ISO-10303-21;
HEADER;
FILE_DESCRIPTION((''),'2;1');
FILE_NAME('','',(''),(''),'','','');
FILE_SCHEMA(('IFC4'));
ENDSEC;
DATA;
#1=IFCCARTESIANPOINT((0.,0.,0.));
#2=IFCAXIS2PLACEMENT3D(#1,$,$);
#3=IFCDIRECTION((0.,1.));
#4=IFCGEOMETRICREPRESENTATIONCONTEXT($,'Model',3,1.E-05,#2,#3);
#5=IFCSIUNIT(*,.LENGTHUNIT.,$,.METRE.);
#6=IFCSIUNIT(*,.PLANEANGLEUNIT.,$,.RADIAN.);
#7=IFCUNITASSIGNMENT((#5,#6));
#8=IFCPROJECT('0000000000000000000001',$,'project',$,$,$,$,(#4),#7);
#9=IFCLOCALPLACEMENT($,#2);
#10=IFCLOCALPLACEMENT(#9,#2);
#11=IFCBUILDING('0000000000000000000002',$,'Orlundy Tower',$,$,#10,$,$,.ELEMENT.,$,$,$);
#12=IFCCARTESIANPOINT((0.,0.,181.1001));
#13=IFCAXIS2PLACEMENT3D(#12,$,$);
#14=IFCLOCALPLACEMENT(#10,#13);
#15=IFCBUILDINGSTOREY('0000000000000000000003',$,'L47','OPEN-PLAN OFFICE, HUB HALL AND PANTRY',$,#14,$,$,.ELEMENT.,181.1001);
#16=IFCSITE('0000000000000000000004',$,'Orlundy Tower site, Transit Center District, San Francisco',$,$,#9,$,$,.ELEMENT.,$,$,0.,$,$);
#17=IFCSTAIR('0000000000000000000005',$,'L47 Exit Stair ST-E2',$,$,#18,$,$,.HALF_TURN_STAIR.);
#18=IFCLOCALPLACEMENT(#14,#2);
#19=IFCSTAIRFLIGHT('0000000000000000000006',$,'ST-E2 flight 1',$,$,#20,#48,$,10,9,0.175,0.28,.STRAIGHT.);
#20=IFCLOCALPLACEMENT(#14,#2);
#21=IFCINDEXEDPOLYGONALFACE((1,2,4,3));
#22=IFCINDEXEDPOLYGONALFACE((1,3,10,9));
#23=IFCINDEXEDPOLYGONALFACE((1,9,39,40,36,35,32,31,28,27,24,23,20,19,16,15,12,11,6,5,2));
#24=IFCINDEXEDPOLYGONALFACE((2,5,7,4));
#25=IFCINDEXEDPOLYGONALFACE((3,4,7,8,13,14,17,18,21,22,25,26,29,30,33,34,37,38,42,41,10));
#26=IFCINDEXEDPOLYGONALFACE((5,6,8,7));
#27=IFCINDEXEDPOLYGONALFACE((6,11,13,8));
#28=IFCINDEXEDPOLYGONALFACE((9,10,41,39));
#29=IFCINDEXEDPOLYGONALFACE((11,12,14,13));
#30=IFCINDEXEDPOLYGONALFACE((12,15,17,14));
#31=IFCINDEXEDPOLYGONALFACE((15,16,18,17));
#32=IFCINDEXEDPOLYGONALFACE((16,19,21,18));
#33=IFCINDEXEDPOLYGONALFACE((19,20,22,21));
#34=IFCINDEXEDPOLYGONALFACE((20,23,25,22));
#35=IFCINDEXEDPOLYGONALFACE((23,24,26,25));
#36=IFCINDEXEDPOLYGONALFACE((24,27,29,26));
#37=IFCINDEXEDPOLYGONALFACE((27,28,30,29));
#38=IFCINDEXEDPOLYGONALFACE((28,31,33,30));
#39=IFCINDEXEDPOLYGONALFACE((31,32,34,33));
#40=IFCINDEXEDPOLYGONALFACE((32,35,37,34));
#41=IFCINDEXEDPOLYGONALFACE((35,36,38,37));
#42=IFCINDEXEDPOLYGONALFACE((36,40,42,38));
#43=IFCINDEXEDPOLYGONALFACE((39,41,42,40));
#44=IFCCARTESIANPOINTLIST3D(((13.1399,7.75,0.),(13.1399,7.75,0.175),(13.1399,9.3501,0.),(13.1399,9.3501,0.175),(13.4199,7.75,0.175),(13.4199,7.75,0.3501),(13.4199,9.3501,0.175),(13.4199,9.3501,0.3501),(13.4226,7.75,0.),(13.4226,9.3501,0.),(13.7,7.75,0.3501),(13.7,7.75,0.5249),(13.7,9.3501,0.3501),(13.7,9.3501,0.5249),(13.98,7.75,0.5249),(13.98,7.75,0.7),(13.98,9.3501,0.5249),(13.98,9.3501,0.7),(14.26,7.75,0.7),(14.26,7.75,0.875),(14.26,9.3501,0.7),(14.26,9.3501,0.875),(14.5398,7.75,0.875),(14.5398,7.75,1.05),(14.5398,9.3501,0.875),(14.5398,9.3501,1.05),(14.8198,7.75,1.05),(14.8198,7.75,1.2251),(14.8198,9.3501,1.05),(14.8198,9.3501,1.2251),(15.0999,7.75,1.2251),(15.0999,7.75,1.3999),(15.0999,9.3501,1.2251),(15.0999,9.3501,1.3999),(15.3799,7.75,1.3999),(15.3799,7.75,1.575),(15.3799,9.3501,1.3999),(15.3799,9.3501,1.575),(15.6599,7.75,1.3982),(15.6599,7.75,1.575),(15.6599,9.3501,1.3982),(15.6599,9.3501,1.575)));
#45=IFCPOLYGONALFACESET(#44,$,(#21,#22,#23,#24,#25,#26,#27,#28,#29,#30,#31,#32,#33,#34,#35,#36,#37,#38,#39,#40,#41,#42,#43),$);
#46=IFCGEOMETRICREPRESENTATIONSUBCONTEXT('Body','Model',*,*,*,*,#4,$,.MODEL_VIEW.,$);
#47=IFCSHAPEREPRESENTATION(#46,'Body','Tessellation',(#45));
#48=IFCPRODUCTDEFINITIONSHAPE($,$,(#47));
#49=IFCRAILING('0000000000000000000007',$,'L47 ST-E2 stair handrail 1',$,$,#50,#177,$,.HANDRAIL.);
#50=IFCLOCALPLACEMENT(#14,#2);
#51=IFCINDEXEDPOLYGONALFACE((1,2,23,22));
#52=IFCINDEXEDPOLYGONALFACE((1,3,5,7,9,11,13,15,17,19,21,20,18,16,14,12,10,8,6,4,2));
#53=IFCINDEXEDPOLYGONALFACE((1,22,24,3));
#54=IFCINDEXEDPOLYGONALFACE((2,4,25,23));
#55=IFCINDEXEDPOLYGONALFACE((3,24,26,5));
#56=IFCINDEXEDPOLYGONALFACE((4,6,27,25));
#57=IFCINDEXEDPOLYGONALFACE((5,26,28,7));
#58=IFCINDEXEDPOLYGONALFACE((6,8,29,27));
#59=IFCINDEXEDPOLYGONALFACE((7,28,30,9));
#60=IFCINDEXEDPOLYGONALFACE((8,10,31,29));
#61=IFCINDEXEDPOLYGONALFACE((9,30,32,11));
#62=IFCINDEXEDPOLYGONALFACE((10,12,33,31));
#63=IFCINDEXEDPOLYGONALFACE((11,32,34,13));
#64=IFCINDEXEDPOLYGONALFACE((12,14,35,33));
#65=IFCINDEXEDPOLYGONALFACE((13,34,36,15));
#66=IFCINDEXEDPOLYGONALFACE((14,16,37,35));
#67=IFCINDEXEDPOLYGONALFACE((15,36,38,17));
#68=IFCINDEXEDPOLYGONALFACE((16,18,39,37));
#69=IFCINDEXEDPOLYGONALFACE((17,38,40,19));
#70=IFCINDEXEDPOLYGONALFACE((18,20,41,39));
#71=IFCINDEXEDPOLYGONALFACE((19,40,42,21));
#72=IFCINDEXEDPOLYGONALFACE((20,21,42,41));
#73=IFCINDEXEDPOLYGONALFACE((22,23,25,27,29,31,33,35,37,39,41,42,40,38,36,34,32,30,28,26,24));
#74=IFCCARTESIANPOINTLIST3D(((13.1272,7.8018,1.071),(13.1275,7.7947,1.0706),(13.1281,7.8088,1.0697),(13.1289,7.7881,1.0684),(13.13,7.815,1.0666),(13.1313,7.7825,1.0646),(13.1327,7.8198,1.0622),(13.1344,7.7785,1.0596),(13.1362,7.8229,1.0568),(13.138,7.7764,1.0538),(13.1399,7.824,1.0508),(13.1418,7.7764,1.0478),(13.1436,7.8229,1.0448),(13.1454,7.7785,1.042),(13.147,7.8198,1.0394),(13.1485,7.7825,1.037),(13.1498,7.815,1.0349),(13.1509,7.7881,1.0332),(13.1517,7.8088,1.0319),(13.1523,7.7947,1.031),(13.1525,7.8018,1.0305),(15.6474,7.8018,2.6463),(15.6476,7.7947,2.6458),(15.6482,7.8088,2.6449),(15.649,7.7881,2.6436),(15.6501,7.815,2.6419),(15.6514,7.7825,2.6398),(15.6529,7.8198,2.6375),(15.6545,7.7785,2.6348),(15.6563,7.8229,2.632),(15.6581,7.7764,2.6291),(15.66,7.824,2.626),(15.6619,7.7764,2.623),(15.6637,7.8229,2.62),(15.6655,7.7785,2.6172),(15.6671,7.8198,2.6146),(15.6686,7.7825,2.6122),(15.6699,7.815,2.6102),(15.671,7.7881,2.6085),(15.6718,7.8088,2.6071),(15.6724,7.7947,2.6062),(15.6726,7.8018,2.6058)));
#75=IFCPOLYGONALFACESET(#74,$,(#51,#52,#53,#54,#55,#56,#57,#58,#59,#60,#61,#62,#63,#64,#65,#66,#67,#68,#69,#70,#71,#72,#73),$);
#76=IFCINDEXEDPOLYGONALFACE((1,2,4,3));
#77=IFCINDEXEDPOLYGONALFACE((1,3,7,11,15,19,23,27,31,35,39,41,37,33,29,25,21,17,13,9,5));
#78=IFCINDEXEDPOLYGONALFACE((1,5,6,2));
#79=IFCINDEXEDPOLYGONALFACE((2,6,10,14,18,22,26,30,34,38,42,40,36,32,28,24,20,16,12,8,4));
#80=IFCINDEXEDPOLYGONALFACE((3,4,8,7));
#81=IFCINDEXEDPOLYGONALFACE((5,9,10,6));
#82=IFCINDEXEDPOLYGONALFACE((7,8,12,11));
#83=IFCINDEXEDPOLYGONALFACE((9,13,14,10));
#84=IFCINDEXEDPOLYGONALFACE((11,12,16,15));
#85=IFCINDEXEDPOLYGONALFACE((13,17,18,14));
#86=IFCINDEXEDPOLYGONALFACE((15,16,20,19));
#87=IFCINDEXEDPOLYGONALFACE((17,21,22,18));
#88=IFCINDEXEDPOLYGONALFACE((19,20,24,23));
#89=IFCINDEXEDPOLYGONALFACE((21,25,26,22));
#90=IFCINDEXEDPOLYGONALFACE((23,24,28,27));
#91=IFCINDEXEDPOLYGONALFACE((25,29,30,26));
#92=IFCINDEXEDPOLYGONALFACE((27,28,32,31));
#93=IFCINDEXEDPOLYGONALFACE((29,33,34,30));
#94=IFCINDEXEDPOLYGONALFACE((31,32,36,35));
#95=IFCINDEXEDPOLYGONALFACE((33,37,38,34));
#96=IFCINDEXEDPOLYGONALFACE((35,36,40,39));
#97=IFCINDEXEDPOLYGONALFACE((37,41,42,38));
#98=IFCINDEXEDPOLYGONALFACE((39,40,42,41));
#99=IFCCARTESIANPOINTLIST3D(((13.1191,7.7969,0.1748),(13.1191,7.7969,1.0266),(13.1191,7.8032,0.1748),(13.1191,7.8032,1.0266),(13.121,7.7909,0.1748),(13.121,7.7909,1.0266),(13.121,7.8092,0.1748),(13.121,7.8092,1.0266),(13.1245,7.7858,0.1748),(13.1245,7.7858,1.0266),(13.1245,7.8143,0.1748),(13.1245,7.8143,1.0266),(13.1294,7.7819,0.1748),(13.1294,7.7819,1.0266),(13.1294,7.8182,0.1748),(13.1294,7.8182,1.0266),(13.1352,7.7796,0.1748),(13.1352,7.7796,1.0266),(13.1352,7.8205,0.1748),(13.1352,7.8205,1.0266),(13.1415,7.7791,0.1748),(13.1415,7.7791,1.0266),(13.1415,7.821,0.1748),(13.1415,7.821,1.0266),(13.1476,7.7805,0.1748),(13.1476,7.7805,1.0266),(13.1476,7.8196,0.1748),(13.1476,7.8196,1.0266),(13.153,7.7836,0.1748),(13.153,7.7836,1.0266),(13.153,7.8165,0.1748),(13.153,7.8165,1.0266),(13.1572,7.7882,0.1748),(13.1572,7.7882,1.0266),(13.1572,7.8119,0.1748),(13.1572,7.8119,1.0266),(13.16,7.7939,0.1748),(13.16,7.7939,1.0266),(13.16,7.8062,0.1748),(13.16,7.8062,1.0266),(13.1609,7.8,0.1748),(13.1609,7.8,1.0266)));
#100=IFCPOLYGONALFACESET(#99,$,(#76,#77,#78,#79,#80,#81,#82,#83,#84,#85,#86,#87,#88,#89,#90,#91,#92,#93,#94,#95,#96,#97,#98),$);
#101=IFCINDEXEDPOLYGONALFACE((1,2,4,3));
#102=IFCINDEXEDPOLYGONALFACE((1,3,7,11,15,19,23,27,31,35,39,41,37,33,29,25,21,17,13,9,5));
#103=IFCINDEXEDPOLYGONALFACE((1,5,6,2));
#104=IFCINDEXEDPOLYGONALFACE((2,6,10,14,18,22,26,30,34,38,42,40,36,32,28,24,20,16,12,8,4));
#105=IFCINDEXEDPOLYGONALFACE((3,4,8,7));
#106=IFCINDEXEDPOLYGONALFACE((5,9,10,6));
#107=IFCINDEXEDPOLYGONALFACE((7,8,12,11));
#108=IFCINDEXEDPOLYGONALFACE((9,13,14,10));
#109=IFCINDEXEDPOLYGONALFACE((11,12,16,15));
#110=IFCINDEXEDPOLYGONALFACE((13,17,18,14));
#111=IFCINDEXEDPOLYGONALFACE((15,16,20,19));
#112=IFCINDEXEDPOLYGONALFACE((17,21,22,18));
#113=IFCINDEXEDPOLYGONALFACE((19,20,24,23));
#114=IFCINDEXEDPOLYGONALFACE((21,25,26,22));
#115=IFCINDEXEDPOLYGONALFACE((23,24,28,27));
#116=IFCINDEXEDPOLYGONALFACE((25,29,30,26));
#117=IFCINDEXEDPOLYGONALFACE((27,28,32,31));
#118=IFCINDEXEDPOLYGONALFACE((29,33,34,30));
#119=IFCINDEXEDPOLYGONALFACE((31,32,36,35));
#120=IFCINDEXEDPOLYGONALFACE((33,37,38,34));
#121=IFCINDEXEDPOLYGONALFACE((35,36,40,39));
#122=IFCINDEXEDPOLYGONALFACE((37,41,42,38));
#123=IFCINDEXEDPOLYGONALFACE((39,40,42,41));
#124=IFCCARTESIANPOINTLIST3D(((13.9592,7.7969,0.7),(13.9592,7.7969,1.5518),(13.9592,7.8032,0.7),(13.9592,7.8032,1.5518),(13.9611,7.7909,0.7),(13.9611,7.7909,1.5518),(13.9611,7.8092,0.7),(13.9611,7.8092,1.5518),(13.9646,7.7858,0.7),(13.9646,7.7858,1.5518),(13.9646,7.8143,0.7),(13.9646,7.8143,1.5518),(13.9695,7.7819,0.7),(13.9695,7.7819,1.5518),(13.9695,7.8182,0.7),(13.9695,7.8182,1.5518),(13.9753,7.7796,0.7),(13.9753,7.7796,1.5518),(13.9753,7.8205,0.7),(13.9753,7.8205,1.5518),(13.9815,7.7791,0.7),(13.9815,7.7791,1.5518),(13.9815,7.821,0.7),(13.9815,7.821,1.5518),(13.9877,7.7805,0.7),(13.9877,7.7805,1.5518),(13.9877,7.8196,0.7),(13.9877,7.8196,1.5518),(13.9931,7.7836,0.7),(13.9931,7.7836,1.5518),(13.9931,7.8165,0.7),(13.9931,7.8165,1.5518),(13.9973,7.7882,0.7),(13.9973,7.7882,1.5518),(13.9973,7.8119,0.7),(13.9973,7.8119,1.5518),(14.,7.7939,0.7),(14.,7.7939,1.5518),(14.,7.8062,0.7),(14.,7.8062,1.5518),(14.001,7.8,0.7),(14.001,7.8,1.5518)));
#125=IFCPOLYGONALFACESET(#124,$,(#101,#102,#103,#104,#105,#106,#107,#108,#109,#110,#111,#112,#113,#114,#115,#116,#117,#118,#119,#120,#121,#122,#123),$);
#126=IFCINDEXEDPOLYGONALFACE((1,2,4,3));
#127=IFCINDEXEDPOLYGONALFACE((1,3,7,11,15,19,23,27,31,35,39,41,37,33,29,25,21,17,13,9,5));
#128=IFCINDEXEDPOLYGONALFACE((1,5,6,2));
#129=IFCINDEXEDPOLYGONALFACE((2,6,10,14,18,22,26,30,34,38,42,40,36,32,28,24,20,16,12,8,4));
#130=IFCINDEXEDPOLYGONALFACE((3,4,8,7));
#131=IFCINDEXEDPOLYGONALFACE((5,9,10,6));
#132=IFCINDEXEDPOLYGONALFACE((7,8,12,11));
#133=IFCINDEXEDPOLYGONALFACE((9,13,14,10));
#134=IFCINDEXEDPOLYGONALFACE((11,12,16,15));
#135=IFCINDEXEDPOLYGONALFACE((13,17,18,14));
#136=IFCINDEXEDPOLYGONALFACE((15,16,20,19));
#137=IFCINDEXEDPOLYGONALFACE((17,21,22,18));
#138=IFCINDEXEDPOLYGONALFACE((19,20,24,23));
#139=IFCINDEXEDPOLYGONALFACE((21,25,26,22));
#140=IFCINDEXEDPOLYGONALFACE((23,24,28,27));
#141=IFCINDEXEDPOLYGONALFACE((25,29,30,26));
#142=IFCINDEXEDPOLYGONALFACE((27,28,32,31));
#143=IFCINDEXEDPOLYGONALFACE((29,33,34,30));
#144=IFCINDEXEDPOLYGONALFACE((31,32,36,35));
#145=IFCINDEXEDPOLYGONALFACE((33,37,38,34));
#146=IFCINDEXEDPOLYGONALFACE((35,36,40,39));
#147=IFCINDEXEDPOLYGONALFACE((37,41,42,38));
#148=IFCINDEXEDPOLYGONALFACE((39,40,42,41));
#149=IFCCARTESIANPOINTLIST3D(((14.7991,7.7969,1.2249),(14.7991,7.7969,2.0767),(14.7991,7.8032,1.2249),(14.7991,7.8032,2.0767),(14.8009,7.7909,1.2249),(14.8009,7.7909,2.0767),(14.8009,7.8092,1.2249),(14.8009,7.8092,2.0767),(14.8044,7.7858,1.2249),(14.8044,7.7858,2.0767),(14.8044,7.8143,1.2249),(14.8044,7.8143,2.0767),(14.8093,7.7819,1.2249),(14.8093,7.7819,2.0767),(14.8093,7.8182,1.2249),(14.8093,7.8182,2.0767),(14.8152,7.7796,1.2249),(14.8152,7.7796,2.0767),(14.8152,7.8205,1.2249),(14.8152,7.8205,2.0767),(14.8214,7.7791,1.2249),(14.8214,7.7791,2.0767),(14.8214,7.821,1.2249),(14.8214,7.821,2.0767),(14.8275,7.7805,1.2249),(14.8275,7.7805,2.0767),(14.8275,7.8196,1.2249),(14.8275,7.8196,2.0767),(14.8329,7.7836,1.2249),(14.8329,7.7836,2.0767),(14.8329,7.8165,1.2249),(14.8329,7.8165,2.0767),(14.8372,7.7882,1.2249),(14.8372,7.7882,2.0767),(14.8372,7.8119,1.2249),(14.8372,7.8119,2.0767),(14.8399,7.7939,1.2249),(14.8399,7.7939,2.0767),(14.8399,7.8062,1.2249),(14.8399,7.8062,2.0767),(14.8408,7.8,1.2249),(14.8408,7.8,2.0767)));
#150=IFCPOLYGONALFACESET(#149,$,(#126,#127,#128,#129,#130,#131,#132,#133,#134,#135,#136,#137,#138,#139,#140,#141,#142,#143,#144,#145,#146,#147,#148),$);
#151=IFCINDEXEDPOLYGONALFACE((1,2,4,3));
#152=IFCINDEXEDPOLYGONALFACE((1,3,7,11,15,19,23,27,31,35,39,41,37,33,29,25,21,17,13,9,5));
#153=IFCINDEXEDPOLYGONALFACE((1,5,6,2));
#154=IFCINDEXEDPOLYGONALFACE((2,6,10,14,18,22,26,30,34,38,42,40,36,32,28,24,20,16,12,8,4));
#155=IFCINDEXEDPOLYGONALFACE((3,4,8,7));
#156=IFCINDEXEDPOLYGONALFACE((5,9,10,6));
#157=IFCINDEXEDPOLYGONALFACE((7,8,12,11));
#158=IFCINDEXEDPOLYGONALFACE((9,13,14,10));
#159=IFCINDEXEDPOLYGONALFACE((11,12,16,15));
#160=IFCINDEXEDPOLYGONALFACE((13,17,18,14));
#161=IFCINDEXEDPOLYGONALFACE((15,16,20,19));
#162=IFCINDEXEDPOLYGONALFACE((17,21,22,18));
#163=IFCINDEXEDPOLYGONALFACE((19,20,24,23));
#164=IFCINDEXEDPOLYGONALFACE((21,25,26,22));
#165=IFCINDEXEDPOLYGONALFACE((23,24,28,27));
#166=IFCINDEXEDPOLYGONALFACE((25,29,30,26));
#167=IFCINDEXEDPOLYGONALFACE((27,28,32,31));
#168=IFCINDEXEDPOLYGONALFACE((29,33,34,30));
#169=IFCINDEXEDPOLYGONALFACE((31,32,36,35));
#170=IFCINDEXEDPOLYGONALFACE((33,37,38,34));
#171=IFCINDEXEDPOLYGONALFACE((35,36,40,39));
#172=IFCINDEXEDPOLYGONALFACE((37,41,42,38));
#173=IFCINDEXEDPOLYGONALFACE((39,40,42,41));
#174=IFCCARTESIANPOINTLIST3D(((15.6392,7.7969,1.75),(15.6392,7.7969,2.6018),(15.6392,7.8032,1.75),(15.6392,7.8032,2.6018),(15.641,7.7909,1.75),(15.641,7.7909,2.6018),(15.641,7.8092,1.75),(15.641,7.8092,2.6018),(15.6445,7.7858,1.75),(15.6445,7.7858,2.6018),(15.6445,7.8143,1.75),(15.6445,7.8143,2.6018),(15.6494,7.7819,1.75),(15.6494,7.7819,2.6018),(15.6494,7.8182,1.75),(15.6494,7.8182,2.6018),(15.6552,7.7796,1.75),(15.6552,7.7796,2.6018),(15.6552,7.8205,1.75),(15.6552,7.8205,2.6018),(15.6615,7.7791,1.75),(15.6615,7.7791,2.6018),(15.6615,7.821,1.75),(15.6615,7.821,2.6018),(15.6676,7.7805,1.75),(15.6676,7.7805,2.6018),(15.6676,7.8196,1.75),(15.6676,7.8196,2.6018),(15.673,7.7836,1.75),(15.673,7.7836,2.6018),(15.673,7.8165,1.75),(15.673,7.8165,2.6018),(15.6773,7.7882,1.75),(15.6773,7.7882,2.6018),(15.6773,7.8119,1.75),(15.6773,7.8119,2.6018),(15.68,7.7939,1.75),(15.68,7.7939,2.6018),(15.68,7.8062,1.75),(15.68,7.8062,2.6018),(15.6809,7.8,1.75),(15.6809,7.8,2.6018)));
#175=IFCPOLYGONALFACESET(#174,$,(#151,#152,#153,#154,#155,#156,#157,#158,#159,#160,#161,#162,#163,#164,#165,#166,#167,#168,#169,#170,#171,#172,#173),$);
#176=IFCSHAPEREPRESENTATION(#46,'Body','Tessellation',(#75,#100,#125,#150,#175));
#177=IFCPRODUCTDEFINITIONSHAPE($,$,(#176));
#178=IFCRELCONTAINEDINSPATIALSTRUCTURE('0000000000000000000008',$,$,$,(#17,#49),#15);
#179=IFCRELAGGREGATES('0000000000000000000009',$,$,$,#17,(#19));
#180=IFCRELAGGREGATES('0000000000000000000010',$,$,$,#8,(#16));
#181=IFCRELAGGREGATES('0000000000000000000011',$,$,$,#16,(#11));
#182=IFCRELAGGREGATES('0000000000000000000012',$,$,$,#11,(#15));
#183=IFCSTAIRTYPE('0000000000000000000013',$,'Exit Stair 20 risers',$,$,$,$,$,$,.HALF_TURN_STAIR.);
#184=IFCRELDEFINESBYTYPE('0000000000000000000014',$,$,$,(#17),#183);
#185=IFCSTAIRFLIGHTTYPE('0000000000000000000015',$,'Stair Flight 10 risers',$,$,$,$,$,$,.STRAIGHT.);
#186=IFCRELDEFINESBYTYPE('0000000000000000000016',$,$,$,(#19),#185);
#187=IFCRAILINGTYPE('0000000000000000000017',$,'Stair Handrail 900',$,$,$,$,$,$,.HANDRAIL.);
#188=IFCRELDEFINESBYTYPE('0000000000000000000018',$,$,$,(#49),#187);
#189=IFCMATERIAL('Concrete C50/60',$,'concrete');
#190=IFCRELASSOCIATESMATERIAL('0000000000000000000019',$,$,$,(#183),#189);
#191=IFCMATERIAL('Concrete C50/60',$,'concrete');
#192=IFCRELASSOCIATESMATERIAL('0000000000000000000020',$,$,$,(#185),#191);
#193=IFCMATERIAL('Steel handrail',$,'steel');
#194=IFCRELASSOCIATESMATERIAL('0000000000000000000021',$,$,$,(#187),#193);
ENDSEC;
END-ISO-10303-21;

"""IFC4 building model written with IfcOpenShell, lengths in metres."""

from ifc_helpers import new_model, si_unit, direction, frame, origin, origin_2d, place, context, subcontext, project, spatial, polyline, circle, outline, extrude, material, type_object, element, aggregate, save


model = new_model("IFC4")

# Units and contexts
model_context = context("Model", 3, precision=1e-05, world=origin(), true_north=direction((0.0, 1.0)))
body_context = subcontext(model_context, "Body", "Model", "MODEL_VIEW")
ifc_project = project(units=[si_unit("LENGTHUNIT", "METRE"), si_unit("PLANEANGLEUNIT", "RADIAN")], contexts=[model_context])

# Site, building, storey
site_placement = place(None, origin())
site = spatial("IfcSite", under=ifc_project, at=site_placement, Name="Orlundy Tower site, Transit Center District, San Francisco", CompositionType="ELEMENT", RefElevation=0.0)
building_placement = place(site_placement, origin())
building = spatial("IfcBuilding", under=site, at=building_placement, Name="Orlundy Tower", CompositionType="ELEMENT")
storey_placement = place(building_placement, frame((0.0, 0.0, 181.1001)))
storey = spatial("IfcBuildingStorey", under=building, at=storey_placement, Name="L47", Description="OPEN-PLAN OFFICE, HUB HALL AND PANTRY", CompositionType="ELEMENT", Elevation=181.1001)

# Stair, stair flight
ifc_material_1 = material(Name="Concrete C50/60", Category="concrete")
stair_type = type_object("IfcStairType", Name="Exit Stair 20 risers", PredefinedType="HALF_TURN_STAIR", material=ifc_material_1)
stair_placement = place(storey_placement, origin())
stair = element("IfcStair", 1, at=stair_placement, inside=storey, type_object=stair_type, Name="L47 Exit Stair ST-E2", PredefinedType="HALF_TURN_STAIR")
ifc_material_2 = material(Name="Concrete C50/60", Category="concrete")
stair_flight_type = type_object("IfcStairFlightType", Name="Stair Flight 10 risers", PredefinedType="STRAIGHT", material=ifc_material_2)
stair_flight_placement = place(storey_placement, frame((13.1399, 8.55, 0.0), z_axis=(0.0, 0.0, 1.0), x_axis=(1.0, 0.0, 0.0)))
stair_flight = element("IfcStairFlight", 2, at=stair_flight_placement, type_object=stair_flight_type, Name="ST-E2 flight 1", NumberOfRisers=10, NumberOfTreads=9, PredefinedType="STRAIGHT", RiserHeight=0.175, TreadLength=0.28, context=body_context, shape_type="SweptSolid", body=[
    extrude(outline(polyline([(0.0, 0.0), (0.0, 0.175), (0.28, 0.175), (0.28, 0.3501), (0.5601, 0.3501), (0.5601, 0.5249), (0.8401, 0.5249), (0.8401, 0.7), (1.1201, 0.7), (1.1201, 0.875), (1.3999, 0.875), (1.3999, 1.05), (1.6799, 1.05), (1.6799, 1.2251), (1.96, 1.2251), (1.96, 1.3999), (2.24, 1.3999), (2.24, 1.575), (2.52, 1.575), (2.52, 1.75), (2.52, 1.3982), (0.2827, 0.0), (0.0, 0.0)])), frame((0.0, 0.8, 0.0), z_axis=(0.0, -1.0, 0.0), x_axis=(1.0, 0.0, 0.0)), (0.0, 0.0, 1.0), 1.6001),
])
aggregate(stair, [stair_flight])

# Railing
ifc_material_3 = material(Name="Steel handrail", Category="steel")
railing_type = type_object("IfcRailingType", Name="Stair Handrail 900", PredefinedType="HANDRAIL", material=ifc_material_3)
railing_placement = place(storey_placement, frame((13.1399, 7.8, 0.1748)))
element("IfcRailing", 3, at=railing_placement, inside=storey, type_object=railing_type, Name="L47 ST-E2 stair handrail 1", PredefinedType="HANDRAIL", context=body_context, shape_type="SweptSolid", body=[
    extrude(circle(Radius=0.0239, at=origin_2d()), frame((0.0, 0.0, 0.876), z_axis=(0.847971, 0.0, 0.530043), x_axis=(0.0, 1.0, 0.0)), (0.0, 0.0, 1.0), 2.9719),
    extrude(circle(Radius=0.021, at=origin_2d()), origin(), (0.0, 0.0, 1.0), 0.8518),
    extrude(circle(Radius=0.021, at=origin_2d()), frame((0.8401, 0.0, 0.5251)), (0.0, 0.0, 1.0), 0.8518),
    extrude(circle(Radius=0.021, at=origin_2d()), frame((1.6799, 0.0, 1.05)), (0.0, 0.0, 1.0), 0.8518),
    extrude(circle(Radius=0.021, at=origin_2d()), frame((2.52, 0.0, 1.5752)), (0.0, 0.0, 1.0), 0.8518),
])

save(model, "model.ifc")
